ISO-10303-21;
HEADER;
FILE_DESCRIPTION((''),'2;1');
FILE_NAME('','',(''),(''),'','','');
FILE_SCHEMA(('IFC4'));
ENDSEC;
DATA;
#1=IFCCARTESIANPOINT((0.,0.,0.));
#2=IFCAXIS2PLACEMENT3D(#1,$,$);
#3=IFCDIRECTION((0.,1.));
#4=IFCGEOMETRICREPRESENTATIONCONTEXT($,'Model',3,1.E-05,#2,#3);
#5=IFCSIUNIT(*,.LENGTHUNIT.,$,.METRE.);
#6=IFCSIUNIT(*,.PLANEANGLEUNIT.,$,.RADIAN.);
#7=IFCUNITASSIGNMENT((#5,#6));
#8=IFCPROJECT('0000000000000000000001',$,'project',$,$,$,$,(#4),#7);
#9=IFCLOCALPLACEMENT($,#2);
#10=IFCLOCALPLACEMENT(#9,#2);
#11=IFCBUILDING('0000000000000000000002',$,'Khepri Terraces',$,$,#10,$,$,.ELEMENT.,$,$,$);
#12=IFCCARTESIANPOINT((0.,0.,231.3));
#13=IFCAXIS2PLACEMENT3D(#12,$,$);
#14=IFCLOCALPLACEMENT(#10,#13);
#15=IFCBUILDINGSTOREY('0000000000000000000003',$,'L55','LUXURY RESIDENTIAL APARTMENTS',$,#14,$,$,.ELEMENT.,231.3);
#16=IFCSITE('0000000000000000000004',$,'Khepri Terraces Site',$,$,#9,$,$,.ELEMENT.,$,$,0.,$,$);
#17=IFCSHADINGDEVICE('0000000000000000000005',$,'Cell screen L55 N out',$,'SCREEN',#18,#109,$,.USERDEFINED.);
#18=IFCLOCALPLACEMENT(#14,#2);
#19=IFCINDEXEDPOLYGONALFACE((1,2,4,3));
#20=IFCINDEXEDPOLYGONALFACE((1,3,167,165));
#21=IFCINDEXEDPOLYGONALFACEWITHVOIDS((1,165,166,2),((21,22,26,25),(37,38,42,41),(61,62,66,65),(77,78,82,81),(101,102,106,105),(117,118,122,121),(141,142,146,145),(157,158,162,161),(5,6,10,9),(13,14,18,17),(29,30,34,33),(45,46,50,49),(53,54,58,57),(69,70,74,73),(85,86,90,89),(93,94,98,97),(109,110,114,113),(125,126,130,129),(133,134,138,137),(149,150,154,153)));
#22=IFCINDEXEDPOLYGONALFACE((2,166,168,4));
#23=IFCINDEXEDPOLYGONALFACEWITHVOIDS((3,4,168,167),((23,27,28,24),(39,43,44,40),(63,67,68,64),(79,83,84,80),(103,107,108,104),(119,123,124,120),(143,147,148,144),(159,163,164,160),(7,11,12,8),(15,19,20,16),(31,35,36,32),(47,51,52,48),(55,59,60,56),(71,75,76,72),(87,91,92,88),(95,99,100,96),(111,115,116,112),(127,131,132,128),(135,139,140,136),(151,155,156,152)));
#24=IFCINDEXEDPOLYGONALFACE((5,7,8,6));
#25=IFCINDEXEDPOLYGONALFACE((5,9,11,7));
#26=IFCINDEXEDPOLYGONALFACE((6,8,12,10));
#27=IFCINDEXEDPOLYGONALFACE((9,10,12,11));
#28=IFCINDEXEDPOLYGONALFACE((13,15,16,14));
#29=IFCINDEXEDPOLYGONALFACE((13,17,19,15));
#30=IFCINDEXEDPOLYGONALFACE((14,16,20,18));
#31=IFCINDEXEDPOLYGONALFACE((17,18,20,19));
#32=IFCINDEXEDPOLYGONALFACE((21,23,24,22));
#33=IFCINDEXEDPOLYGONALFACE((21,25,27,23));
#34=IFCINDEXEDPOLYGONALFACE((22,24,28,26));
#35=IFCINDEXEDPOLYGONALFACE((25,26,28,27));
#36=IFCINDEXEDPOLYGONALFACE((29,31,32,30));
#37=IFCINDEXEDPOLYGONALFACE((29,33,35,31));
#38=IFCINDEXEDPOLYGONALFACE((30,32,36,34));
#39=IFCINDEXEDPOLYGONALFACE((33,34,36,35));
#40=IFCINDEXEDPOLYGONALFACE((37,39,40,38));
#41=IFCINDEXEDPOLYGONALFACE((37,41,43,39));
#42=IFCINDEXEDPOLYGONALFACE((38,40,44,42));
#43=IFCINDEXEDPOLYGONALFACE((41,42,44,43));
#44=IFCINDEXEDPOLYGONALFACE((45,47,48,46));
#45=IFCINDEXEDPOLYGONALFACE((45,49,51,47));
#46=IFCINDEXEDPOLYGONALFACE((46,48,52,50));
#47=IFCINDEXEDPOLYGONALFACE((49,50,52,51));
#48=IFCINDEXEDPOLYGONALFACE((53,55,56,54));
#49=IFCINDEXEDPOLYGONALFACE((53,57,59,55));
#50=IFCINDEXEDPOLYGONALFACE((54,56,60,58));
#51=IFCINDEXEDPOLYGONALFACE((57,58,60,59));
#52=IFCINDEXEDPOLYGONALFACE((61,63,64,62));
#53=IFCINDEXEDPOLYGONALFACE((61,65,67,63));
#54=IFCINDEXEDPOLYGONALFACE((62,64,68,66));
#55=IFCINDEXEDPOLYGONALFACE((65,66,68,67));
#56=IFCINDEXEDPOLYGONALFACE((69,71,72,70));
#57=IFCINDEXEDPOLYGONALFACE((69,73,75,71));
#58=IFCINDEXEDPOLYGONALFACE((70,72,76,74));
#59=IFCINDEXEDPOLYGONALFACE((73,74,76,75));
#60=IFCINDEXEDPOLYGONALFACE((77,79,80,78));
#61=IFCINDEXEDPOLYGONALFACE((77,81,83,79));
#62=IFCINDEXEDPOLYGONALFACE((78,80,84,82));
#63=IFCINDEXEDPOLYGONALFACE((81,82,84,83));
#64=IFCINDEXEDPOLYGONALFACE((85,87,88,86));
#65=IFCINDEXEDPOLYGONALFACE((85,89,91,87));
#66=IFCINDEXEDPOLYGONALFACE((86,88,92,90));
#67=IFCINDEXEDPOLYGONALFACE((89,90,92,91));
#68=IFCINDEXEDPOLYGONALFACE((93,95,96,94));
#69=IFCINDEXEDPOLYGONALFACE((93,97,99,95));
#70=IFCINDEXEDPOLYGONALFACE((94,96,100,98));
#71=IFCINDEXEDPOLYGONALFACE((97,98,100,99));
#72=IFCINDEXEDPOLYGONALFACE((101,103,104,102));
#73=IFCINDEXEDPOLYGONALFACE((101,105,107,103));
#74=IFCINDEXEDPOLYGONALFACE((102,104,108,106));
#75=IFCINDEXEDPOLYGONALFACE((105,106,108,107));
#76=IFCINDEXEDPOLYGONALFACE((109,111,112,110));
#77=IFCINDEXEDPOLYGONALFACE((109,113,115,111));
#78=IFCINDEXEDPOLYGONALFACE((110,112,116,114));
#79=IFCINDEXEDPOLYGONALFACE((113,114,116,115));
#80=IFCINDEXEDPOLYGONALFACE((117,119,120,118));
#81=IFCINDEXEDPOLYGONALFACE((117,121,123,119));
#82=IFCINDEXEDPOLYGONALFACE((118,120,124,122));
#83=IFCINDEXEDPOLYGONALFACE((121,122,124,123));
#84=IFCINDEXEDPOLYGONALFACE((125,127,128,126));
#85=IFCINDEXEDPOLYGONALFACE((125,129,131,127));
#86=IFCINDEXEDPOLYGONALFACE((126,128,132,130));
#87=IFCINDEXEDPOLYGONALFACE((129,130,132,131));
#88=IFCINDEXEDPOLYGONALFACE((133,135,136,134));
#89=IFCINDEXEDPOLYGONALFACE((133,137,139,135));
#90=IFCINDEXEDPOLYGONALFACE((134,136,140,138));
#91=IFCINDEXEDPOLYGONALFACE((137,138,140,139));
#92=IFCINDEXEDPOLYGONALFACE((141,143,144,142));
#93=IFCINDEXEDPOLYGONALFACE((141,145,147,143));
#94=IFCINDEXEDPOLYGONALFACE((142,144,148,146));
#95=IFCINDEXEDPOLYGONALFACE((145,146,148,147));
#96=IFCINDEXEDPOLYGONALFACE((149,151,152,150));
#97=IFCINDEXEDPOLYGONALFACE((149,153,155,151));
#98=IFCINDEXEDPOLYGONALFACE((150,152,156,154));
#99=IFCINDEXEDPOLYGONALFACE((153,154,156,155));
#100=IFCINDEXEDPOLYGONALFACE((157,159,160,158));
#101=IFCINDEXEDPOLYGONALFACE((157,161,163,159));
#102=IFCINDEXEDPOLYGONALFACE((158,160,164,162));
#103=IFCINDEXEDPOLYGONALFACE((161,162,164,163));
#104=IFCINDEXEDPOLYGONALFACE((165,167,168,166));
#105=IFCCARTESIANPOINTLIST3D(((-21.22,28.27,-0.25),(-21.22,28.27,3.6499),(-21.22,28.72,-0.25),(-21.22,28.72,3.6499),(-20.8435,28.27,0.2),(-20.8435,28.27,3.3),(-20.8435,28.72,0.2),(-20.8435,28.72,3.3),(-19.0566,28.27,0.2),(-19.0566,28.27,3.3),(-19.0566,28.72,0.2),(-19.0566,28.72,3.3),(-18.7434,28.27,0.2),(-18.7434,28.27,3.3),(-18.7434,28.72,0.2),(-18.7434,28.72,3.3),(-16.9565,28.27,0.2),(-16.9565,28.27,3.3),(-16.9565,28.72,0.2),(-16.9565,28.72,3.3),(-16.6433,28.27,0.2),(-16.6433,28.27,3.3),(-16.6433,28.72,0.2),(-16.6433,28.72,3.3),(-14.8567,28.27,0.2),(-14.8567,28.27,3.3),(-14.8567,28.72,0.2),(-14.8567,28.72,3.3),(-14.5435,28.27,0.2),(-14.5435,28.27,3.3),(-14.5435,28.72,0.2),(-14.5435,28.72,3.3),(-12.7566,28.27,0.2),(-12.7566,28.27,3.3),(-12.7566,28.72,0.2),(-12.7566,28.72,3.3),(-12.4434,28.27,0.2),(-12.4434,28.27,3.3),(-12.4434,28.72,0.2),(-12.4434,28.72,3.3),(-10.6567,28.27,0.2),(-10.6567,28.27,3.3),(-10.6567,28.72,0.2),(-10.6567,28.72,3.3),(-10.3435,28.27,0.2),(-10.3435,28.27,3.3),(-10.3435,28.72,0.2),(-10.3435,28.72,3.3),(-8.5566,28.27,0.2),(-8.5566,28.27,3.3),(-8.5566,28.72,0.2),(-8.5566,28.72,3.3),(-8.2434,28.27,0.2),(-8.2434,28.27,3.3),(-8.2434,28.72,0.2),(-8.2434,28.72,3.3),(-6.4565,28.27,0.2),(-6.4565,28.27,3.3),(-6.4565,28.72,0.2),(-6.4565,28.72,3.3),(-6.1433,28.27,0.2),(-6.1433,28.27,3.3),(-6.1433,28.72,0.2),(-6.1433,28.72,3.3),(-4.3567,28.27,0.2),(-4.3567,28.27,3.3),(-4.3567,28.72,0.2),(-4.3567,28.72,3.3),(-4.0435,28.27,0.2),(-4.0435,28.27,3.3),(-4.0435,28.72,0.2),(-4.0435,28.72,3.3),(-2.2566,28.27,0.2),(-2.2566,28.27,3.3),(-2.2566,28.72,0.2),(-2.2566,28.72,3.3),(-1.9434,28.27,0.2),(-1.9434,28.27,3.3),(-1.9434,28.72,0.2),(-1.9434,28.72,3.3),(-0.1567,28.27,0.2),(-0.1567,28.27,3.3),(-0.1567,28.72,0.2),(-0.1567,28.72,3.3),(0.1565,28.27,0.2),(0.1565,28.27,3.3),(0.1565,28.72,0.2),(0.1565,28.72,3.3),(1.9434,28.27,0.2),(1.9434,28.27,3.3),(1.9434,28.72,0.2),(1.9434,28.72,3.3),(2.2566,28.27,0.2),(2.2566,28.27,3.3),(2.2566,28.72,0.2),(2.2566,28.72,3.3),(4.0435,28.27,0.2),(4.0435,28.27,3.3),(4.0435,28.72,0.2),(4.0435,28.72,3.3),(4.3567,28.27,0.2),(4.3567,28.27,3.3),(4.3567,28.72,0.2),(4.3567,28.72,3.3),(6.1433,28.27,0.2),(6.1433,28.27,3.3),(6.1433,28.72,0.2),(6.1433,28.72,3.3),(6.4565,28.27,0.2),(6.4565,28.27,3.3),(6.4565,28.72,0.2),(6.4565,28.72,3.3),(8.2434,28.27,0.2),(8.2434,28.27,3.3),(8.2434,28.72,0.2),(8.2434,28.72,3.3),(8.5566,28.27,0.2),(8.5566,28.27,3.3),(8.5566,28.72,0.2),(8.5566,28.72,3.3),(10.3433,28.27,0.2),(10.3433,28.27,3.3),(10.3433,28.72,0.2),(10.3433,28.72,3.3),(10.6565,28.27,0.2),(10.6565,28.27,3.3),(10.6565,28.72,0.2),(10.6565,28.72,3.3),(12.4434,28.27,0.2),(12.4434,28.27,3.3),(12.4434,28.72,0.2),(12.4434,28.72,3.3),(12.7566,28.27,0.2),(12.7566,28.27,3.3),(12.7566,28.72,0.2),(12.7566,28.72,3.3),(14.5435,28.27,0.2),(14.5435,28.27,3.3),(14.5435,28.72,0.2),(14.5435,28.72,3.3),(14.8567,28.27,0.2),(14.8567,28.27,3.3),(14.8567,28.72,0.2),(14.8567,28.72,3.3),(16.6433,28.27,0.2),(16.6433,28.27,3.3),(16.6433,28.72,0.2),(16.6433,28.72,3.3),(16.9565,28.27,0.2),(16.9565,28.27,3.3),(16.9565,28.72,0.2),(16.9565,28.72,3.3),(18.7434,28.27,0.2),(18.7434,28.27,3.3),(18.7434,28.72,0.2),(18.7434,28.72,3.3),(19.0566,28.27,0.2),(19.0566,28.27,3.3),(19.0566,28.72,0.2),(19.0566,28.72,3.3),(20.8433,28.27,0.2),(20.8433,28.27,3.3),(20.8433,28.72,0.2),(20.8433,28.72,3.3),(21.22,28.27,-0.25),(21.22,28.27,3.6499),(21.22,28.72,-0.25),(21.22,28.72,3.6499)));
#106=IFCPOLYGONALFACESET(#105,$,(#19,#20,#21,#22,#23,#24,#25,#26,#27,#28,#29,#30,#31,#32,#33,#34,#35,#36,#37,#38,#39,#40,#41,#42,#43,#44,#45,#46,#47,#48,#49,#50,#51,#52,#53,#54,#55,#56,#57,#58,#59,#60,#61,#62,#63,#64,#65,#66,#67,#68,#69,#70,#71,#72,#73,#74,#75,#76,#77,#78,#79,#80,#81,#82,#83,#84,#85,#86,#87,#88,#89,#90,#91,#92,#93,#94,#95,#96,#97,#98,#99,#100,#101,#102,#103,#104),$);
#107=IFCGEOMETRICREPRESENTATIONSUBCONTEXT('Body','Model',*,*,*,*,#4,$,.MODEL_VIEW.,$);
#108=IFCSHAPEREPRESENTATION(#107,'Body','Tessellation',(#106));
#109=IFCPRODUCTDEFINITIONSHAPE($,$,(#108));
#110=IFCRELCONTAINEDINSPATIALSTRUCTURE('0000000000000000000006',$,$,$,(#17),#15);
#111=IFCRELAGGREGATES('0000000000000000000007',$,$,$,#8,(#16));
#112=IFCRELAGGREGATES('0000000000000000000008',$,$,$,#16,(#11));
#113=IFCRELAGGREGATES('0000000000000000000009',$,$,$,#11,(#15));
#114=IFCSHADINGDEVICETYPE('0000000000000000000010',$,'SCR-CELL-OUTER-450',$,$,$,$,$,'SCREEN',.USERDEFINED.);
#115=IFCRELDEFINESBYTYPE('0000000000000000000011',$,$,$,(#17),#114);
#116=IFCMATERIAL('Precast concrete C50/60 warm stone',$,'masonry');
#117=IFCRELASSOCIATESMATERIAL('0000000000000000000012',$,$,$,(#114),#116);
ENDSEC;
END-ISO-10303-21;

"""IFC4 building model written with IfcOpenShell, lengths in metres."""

from ifc_helpers import new_model, si_unit, direction, frame, origin, place, context, subcontext, project, spatial, polyline, outline, extrude, material, type_object, element, save


model = new_model("IFC4")

# Units and contexts
model_context = context("Model", 3, precision=1e-05, world=origin(), true_north=direction((0.0, 1.0)))
body_context = subcontext(model_context, "Body", "Model", "MODEL_VIEW")
ifc_project = project(units=[si_unit("LENGTHUNIT", "METRE"), si_unit("PLANEANGLEUNIT", "RADIAN")], contexts=[model_context])

# Site, building, storey
site_placement = place(None, origin())
site = spatial("IfcSite", under=ifc_project, at=site_placement, Name="Khepri Terraces Site", CompositionType="ELEMENT", RefElevation=0.0)
building_placement = place(site_placement, origin())
building = spatial("IfcBuilding", under=site, at=building_placement, Name="Khepri Terraces", CompositionType="ELEMENT")
storey_placement = place(building_placement, frame((0.0, 0.0, 231.3)))
storey = spatial("IfcBuildingStorey", under=building, at=storey_placement, Name="L55", Description="LUXURY RESIDENTIAL APARTMENTS", CompositionType="ELEMENT", Elevation=231.3)

# Shared definitions
ifc_material_1 = material(Name="Precast concrete C50/60 warm stone", Category="masonry")

# Shading device
shading_device_type_1 = type_object("IfcShadingDeviceType", Name="SCR-CELL-OUTER-450", ElementType="SCREEN", PredefinedType="USERDEFINED", material=ifc_material_1)
shading_device_1_placement = place(storey_placement, frame((21.22, 28.27, -0.25), z_axis=(0.0, 1.0, 0.0), x_axis=(-1.0, 0.0, 0.0)))
element("IfcShadingDevice", 1, at=shading_device_1_placement, inside=storey, type_object=shading_device_type_1, Name="Cell screen L55 N out", ObjectType="SCREEN", PredefinedType="USERDEFINED", context=body_context, shape_type="SweptSolid", body=[
    extrude(outline(polyline([(0.0, 0.0), (42.4399, 0.0), (42.4399, 3.8999), (0.0, 3.8999), (0.0, 0.0)]), holes=[polyline([(0.3767, 0.45), (2.1633, 0.45), (2.1633, 3.55), (0.3767, 3.55), (0.3767, 0.45)]), polyline([(2.4766, 0.45), (4.2634, 0.45), (4.2634, 3.55), (2.4766, 3.55), (2.4766, 0.45)]), polyline([(4.5767, 0.45), (6.3633, 0.45), (6.3633, 3.55), (4.5767, 3.55), (4.5767, 0.45)]), polyline([(6.6765, 0.45), (8.4634, 0.45), (8.4634, 3.55), (6.6765, 3.55), (6.6765, 0.45)]), polyline([(8.7766, 0.45), (10.5635, 0.45), (10.5635, 3.55), (8.7766, 3.55), (8.7766, 0.45)]), polyline([(10.8767, 0.45), (12.6633, 0.45), (12.6633, 3.55), (10.8767, 3.55), (10.8767, 0.45)]), polyline([(12.9766, 0.45), (14.7634, 0.45), (14.7634, 3.55), (12.9766, 3.55), (12.9766, 0.45)]), polyline([(15.0767, 0.45), (16.8633, 0.45), (16.8633, 3.55), (15.0767, 3.55), (15.0767, 0.45)]), polyline([(17.1765, 0.45), (18.9634, 0.45), (18.9634, 3.55), (17.1765, 3.55), (17.1765, 0.45)]), polyline([(19.2766, 0.45), (21.0635, 0.45), (21.0635, 3.55), (19.2766, 3.55), (19.2766, 0.45)]), polyline([(21.3767, 0.45), (23.1633, 0.45), (23.1633, 3.55), (21.3767, 3.55), (21.3767, 0.45)]), polyline([(23.4766, 0.45), (25.2634, 0.45), (25.2634, 3.55), (23.4766, 3.55), (23.4766, 0.45)]), polyline([(25.5767, 0.45), (27.3633, 0.45), (27.3633, 3.55), (25.5767, 3.55), (25.5767, 0.45)]), polyline([(27.6765, 0.45), (29.4634, 0.45), (29.4634, 3.55), (27.6765, 3.55), (27.6765, 0.45)]), polyline([(29.7766, 0.45), (31.5635, 0.45), (31.5635, 3.55), (29.7766, 3.55), (29.7766, 0.45)]), polyline([(31.8767, 0.45), (33.6633, 0.45), (33.6633, 3.55), (31.8767, 3.55), (31.8767, 0.45)]), polyline([(33.9766, 0.45), (35.7634, 0.45), (35.7634, 3.55), (33.9766, 3.55), (33.9766, 0.45)]), polyline([(36.0767, 0.45), (37.8633, 0.45), (37.8633, 3.55), (36.0767, 3.55), (36.0767, 0.45)]), polyline([(38.1765, 0.45), (39.9634, 0.45), (39.9634, 3.55), (38.1765, 3.55), (38.1765, 0.45)]), polyline([(40.2766, 0.45), (42.0635, 0.45), (42.0635, 3.55), (40.2766, 3.55), (40.2766, 0.45)])]), origin(), (0.0, 0.0, 1.0), 0.45),
])

save(model, "model.ifc")
